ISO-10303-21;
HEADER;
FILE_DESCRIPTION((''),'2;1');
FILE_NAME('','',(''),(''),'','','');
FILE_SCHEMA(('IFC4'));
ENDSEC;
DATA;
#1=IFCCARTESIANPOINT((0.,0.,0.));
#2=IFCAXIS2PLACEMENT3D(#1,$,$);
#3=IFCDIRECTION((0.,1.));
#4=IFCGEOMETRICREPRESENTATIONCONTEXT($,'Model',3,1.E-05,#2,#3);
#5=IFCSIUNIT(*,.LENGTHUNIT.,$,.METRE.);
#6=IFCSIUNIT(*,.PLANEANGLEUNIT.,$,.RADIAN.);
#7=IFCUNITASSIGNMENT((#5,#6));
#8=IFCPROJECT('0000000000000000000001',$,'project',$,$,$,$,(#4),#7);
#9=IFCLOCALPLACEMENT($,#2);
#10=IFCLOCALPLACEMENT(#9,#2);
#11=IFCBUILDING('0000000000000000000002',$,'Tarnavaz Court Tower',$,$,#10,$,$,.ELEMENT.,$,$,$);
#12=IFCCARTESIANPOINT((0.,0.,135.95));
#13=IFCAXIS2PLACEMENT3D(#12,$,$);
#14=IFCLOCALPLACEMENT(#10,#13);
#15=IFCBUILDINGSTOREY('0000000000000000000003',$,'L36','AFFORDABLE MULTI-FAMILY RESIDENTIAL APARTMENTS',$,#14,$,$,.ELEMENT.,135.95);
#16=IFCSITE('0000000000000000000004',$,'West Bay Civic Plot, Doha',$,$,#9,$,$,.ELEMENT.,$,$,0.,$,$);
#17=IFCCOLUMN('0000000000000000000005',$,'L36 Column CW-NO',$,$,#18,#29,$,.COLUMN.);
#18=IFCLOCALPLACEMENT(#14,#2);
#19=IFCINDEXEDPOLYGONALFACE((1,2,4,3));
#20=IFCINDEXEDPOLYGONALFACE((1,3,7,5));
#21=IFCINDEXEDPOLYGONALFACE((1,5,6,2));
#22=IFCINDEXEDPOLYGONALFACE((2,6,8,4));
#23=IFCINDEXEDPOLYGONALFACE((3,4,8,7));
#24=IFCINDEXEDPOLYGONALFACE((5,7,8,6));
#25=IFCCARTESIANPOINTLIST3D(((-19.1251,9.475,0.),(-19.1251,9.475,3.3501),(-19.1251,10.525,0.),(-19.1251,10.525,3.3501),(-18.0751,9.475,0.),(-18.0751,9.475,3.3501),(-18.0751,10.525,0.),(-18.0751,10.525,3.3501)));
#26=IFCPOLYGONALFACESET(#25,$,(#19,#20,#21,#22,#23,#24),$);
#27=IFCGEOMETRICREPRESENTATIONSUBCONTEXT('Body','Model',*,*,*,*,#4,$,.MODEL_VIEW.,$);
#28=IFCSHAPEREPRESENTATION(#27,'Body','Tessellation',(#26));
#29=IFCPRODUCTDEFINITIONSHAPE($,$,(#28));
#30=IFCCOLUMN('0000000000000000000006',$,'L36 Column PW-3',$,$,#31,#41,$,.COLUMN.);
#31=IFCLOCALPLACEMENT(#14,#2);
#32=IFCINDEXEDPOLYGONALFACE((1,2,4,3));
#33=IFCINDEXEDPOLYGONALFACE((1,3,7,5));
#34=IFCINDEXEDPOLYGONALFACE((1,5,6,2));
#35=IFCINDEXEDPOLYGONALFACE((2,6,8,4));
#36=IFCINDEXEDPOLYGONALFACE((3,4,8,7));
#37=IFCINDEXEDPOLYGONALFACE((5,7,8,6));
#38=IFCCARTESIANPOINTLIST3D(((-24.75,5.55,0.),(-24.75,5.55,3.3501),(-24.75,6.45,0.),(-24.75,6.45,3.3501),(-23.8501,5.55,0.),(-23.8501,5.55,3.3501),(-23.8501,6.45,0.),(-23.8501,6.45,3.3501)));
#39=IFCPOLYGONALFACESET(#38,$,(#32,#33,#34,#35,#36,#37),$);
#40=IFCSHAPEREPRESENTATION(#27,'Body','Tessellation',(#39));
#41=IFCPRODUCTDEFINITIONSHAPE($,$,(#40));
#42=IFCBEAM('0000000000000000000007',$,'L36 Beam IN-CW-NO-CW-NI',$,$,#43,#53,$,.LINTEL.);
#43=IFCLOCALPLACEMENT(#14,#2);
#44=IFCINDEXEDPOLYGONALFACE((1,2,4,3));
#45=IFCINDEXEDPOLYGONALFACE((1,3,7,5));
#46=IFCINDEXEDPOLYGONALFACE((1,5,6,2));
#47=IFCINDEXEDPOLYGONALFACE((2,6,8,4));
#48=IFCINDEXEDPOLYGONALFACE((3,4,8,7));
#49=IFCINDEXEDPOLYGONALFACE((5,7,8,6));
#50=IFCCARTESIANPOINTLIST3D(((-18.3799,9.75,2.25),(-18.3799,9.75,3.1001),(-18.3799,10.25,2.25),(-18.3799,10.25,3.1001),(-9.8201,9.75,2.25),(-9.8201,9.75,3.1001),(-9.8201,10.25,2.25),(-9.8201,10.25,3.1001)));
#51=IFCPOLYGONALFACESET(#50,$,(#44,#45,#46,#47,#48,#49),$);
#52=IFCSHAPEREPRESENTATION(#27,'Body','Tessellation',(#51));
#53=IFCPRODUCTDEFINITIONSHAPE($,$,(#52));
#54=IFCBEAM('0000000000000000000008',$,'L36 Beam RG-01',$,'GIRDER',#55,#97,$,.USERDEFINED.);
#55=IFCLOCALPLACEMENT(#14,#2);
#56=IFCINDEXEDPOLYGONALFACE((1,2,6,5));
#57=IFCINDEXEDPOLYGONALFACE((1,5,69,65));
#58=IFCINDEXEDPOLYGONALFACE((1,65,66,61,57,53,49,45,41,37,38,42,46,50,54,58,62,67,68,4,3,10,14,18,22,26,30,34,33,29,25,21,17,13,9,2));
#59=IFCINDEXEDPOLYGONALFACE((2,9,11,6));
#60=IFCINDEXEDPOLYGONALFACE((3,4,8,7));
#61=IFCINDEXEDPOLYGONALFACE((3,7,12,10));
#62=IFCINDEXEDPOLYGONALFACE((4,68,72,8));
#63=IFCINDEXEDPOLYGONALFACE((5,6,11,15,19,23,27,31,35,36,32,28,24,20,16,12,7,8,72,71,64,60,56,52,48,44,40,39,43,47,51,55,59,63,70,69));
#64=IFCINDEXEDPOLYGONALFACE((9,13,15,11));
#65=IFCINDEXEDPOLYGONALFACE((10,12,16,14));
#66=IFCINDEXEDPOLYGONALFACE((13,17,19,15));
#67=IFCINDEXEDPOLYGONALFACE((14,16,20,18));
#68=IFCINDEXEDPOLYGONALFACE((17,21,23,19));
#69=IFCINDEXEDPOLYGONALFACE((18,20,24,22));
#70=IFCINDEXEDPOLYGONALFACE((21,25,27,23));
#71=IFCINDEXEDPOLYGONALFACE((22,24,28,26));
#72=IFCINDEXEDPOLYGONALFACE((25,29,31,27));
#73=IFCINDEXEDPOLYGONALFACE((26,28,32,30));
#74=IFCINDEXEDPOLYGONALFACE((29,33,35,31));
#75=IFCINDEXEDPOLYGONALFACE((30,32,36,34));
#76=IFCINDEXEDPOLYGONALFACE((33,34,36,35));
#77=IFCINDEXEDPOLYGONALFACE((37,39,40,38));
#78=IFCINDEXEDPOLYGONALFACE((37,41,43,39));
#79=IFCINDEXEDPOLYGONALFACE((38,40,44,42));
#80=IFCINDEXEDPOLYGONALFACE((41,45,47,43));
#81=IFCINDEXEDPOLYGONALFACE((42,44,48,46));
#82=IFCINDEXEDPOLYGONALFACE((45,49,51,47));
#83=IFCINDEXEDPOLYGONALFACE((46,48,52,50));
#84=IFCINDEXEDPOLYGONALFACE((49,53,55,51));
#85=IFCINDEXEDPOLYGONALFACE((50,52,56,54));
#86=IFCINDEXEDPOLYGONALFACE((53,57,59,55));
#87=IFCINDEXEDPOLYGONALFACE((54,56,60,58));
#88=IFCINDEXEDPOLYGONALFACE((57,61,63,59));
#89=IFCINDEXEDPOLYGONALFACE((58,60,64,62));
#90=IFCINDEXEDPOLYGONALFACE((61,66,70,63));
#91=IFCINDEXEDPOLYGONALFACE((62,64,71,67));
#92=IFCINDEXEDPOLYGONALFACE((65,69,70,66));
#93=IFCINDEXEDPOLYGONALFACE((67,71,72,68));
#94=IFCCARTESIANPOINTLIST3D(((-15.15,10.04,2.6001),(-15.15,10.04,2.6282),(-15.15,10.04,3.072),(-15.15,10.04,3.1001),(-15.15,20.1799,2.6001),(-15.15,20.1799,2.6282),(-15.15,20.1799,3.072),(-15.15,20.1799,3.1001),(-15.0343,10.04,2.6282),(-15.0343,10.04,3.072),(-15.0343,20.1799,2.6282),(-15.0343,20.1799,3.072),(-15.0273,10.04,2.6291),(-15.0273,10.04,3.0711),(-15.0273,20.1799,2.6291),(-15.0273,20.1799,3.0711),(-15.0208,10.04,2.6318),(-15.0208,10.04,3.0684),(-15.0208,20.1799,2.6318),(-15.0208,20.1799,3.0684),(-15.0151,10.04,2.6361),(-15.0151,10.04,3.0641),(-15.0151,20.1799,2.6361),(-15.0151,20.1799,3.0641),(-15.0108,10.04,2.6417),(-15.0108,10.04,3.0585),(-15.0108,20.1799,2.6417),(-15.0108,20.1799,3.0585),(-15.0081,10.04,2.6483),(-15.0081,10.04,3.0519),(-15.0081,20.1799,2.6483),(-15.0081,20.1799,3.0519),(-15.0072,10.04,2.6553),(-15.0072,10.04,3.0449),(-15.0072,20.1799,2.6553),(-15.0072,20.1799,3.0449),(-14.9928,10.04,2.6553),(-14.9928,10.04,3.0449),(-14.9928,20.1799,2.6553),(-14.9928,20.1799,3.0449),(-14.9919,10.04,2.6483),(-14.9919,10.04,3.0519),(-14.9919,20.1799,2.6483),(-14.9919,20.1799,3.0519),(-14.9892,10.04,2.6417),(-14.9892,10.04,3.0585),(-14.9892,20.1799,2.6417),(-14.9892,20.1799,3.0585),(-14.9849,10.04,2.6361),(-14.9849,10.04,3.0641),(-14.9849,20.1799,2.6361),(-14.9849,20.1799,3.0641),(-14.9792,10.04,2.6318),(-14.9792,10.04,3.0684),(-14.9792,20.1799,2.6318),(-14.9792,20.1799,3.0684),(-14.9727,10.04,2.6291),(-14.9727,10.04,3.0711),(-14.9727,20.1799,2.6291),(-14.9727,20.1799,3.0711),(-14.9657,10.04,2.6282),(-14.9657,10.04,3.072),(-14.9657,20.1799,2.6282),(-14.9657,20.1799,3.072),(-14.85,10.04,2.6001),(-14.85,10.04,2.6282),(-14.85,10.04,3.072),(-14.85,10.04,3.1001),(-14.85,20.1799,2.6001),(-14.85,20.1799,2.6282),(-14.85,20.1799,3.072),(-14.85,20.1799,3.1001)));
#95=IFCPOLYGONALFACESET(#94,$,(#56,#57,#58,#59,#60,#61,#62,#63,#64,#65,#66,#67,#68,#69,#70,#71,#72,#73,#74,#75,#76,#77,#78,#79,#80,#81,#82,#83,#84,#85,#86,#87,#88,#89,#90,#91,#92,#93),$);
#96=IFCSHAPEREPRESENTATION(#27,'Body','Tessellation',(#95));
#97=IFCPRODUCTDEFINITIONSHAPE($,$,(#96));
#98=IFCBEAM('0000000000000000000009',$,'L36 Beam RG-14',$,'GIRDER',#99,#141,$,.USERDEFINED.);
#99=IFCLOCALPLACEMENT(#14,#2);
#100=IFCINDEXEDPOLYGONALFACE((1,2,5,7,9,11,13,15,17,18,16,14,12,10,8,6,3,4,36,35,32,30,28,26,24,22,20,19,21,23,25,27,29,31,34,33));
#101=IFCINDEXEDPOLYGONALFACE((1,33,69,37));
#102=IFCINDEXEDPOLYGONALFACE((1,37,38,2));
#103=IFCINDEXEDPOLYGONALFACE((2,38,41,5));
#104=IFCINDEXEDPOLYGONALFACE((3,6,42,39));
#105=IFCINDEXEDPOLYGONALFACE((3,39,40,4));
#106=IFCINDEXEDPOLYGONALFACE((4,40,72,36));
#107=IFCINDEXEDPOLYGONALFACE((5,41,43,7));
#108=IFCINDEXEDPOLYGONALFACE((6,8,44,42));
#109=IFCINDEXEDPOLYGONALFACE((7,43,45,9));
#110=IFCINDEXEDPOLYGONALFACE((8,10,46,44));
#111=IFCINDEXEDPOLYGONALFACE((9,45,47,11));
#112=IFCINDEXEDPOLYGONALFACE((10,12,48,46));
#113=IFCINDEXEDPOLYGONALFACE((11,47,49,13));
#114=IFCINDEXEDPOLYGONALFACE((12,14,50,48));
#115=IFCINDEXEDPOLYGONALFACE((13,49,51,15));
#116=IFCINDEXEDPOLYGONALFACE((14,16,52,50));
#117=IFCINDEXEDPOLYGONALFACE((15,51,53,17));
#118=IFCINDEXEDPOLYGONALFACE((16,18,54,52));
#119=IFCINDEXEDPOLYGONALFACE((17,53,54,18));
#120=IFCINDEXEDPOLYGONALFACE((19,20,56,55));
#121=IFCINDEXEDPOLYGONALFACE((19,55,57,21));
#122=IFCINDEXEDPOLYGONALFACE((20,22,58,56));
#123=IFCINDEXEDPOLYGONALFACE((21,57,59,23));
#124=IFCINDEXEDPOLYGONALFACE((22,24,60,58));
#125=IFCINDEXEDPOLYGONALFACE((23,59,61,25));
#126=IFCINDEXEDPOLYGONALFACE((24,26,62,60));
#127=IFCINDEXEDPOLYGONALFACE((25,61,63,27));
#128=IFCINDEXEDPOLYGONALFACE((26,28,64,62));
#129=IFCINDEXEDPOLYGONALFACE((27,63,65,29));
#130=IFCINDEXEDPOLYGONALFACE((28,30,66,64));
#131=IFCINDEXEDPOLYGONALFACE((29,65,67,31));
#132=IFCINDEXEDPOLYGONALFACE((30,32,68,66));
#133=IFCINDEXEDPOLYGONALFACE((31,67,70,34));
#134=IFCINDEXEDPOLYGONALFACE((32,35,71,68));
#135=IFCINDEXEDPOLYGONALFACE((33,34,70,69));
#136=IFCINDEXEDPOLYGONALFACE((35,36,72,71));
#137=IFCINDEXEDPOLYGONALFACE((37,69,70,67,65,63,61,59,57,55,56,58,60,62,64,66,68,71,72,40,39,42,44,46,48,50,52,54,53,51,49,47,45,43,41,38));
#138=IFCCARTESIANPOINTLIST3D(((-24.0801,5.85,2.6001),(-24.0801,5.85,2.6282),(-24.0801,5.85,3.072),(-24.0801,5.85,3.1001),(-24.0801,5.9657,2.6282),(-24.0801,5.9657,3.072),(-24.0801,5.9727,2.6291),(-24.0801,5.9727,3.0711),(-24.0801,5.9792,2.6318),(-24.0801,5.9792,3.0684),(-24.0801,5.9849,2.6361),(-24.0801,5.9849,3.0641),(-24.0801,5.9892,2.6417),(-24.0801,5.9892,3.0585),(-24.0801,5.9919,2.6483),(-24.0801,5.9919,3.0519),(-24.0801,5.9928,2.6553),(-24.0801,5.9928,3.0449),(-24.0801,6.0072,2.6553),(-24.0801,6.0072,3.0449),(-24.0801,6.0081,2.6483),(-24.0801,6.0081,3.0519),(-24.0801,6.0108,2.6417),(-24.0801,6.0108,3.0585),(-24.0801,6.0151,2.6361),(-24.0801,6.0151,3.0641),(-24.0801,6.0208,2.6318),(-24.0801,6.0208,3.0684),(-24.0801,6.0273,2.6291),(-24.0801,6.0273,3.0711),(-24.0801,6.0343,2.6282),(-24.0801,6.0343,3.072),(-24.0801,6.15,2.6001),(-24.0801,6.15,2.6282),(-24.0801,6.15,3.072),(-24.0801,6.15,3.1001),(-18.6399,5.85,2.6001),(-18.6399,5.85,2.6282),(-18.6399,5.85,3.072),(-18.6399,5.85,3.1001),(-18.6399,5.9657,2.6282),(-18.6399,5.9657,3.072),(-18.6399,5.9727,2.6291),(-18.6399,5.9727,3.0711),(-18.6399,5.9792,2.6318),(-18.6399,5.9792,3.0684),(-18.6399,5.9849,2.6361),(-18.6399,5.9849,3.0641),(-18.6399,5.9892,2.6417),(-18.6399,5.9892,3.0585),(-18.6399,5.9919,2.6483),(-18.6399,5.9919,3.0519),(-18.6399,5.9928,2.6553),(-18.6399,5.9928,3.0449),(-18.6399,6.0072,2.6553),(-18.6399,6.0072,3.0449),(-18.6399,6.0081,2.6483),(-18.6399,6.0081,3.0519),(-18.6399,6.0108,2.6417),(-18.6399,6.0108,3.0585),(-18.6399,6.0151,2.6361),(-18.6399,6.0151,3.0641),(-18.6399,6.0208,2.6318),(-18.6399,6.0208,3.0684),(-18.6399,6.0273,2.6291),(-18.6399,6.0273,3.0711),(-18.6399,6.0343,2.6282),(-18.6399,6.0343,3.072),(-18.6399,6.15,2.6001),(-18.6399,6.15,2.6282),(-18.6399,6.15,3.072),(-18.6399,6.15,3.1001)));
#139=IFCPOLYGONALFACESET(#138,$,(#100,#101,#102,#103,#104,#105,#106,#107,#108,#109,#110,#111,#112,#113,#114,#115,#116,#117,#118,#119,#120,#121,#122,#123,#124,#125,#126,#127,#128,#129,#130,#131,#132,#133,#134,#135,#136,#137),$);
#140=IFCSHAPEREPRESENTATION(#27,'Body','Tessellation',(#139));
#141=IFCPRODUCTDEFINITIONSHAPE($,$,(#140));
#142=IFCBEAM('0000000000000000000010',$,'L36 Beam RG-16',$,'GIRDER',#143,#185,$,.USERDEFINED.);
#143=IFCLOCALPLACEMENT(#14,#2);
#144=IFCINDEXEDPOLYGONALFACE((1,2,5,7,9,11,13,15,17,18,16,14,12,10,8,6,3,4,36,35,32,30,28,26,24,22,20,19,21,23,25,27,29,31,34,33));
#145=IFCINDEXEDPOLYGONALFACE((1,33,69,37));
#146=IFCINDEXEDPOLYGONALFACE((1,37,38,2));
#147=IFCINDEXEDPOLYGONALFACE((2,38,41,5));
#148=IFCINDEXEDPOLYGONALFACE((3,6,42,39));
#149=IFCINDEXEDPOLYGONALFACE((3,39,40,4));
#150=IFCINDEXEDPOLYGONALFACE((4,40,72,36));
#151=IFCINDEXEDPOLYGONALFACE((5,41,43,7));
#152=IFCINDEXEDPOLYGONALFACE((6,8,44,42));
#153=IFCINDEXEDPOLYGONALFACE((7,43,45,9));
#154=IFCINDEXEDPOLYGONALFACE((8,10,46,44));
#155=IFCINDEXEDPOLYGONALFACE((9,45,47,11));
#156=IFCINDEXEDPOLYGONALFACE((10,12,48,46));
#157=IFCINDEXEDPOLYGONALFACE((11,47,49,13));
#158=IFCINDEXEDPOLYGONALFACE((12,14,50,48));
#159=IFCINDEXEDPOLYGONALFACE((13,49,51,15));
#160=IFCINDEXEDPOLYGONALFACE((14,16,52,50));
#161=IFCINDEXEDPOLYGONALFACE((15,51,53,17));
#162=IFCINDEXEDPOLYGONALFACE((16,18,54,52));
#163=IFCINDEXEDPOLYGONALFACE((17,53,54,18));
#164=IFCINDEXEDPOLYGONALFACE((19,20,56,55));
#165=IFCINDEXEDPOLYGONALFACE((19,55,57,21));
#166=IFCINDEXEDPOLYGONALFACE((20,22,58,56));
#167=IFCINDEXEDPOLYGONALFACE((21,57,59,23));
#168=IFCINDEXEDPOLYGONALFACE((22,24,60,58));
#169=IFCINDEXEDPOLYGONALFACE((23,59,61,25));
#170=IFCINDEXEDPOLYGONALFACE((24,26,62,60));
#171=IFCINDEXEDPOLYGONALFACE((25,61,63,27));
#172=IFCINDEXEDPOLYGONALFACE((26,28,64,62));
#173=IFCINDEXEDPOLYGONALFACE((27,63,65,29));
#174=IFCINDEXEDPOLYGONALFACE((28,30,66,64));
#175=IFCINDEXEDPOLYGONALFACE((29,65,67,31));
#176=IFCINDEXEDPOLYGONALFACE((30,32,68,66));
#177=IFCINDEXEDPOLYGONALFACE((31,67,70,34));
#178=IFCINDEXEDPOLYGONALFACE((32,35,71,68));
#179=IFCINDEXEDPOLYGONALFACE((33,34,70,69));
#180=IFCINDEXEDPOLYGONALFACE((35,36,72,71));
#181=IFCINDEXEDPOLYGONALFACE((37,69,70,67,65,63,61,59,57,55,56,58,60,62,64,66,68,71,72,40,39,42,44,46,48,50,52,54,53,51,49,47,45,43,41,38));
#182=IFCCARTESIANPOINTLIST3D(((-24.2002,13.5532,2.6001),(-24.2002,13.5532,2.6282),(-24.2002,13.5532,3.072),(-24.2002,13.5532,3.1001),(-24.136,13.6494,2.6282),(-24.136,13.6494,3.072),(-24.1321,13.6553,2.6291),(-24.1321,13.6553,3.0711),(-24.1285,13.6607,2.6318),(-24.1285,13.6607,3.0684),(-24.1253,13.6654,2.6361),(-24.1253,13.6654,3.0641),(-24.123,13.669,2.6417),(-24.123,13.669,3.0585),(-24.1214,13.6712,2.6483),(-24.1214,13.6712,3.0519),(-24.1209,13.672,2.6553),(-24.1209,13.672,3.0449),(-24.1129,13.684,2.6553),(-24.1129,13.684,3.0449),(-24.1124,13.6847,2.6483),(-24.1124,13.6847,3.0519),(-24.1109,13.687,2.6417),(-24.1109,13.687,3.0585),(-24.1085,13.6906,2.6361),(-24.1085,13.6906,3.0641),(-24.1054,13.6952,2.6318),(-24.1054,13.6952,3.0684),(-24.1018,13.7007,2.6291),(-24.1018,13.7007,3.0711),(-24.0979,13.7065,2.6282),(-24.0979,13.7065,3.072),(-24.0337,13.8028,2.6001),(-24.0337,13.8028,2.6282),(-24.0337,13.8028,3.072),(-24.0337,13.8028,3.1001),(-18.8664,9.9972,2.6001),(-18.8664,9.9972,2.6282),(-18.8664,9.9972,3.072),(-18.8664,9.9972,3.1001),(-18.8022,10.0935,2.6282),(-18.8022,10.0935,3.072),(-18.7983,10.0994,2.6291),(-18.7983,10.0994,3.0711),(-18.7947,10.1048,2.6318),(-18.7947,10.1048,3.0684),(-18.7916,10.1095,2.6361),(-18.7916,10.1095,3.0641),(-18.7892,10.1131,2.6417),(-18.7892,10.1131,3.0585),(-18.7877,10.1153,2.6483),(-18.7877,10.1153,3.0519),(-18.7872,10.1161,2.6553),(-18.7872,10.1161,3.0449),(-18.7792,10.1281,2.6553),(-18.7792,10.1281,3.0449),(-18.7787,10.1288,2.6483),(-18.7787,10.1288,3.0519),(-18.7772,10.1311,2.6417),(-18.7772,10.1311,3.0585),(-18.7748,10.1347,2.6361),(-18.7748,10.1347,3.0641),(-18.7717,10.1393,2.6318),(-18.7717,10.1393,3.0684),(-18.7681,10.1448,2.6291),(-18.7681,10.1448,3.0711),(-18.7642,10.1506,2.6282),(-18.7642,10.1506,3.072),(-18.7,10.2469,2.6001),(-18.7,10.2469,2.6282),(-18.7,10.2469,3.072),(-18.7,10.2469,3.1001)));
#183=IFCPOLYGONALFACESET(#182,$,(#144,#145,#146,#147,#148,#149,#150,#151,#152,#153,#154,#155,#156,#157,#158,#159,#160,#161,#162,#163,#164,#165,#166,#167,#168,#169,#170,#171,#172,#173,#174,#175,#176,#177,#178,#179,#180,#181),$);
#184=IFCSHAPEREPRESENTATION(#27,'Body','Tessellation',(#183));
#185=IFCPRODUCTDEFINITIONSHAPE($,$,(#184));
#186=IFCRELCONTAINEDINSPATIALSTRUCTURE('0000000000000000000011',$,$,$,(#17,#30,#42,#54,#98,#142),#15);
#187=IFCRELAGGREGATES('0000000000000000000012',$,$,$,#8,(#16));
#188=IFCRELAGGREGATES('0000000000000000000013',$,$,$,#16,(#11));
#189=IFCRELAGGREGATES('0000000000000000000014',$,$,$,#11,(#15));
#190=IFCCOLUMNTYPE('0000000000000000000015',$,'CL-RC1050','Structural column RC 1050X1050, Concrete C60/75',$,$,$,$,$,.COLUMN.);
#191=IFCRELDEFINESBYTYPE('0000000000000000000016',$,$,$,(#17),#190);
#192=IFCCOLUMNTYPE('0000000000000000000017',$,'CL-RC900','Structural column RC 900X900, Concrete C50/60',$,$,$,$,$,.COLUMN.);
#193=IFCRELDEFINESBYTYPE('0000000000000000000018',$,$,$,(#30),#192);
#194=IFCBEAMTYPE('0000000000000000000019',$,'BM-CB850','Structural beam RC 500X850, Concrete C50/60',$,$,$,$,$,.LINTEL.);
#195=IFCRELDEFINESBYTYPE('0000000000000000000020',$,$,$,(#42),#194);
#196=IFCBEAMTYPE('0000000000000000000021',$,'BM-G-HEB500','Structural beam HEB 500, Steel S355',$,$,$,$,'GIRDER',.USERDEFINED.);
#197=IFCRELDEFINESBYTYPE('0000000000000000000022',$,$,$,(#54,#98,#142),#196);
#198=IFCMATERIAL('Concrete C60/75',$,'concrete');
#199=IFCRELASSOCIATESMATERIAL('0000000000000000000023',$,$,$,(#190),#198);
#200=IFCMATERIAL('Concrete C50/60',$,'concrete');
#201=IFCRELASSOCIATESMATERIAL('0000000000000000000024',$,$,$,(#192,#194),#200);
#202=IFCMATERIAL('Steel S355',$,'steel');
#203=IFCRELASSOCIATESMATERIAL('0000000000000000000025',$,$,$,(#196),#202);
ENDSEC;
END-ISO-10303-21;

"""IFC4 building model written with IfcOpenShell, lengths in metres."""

from ifc_helpers import new_model, si_unit, direction, frame, origin, origin_2d, place, context, subcontext, project, spatial, rectangle, i_section, extrude, material, material_profile, profile_set, type_object, element, save


model = new_model("IFC4")

# Units and contexts
model_context = context("Model", 3, precision=1e-05, world=origin(), true_north=direction((0.0, 1.0)))
body_context = subcontext(model_context, "Body", "Model", "MODEL_VIEW")
ifc_project = project(units=[si_unit("LENGTHUNIT", "METRE"), si_unit("PLANEANGLEUNIT", "RADIAN")], contexts=[model_context])

# Site, building, storey
site_placement = place(None, origin())
site = spatial("IfcSite", under=ifc_project, at=site_placement, Name="West Bay Civic Plot, Doha", CompositionType="ELEMENT", RefElevation=0.0)
building_placement = place(site_placement, origin())
building = spatial("IfcBuilding", under=site, at=building_placement, Name="Tarnavaz Court Tower", CompositionType="ELEMENT")
storey_placement = place(building_placement, frame((0.0, 0.0, 135.95)))
storey = spatial("IfcBuildingStorey", under=building, at=storey_placement, Name="L36", Description="AFFORDABLE MULTI-FAMILY RESIDENTIAL APARTMENTS", CompositionType="ELEMENT", Elevation=135.95)

# Columns
ifc_material_1 = material(Name="Concrete C60/75", Category="concrete")
ifc_material_profile_1 = material_profile(ifc_material_1, rectangle(XDim=1.05, YDim=1.05, at=origin_2d()), Name="RC 1050X1050")
ifc_profile_set_1 = profile_set([ifc_material_profile_1], Name="Concrete C60/75")
column_type_1 = type_object("IfcColumnType", Name="CL-RC1050", Description="Structural column RC 1050X1050, Concrete C60/75", PredefinedType="COLUMN", material=ifc_profile_set_1)
column_1_placement = place(storey_placement, frame((-18.6001, 10.0, 0.0), z_axis=(0.0, 0.0, 1.0), x_axis=(1.0, 0.0, 0.0)))
element("IfcColumn", 1, at=column_1_placement, inside=storey, type_object=column_type_1, Name="L36 Column CW-NO", PredefinedType="COLUMN", context=body_context, shape_type="SweptSolid", body=[
    extrude(rectangle(XDim=1.05, YDim=1.05, at=origin_2d()), origin(), (0.0, 0.0, 1.0), 3.3501),
])
ifc_material_2 = material(Name="Concrete C50/60", Category="concrete")
ifc_material_profile_2 = material_profile(ifc_material_2, rectangle(XDim=0.8999, YDim=0.8999, at=origin_2d()), Name="RC 900X900")
ifc_profile_set_2 = profile_set([ifc_material_profile_2], Name="Concrete C50/60")
column_type_2 = type_object("IfcColumnType", Name="CL-RC900", Description="Structural column RC 900X900, Concrete C50/60", PredefinedType="COLUMN", material=ifc_profile_set_2)
column_2_placement = place(storey_placement, frame((-24.3, 6.0, 0.0), z_axis=(0.0, 0.0, 1.0), x_axis=(1.0, 0.0, 0.0)))
element("IfcColumn", 2, at=column_2_placement, inside=storey, type_object=column_type_2, Name="L36 Column PW-3", PredefinedType="COLUMN", context=body_context, shape_type="SweptSolid", body=[
    extrude(rectangle(XDim=0.8999, YDim=0.8999, at=origin_2d()), origin(), (0.0, 0.0, 1.0), 3.3501),
])

# Beams
ifc_material_profile_3 = material_profile(ifc_material_2, rectangle(XDim=0.5, YDim=0.8501, at=origin_2d()), Name="RC 500X850")
ifc_profile_set_3 = profile_set([ifc_material_profile_3], Name="Concrete C50/60")
beam_type_1 = type_object("IfcBeamType", Name="BM-CB850", Description="Structural beam RC 500X850, Concrete C50/60", PredefinedType="LINTEL", material=ifc_profile_set_3)
beam_1_placement = place(storey_placement, frame((-18.3799, 10.0, 2.675), z_axis=(1.0, 0.0, 0.0), x_axis=(0.0, 1.0, 0.0)))
element("IfcBeam", 3, at=beam_1_placement, inside=storey, type_object=beam_type_1, Name="L36 Beam IN-CW-NO-CW-NI", PredefinedType="LINTEL", context=body_context, shape_type="SweptSolid", body=[
    extrude(rectangle(XDim=0.5, YDim=0.8501, at=origin_2d()), origin(), (0.0, 0.0, 1.0), 8.5598),
])
ifc_material_3 = material(Name="Steel S355", Category="steel")
ifc_material_profile_4 = material_profile(ifc_material_3, i_section(OverallWidth=0.3, OverallDepth=0.5, WebThickness=0.0144, FlangeThickness=0.0281, FilletRadius=0.0271, at=origin_2d()), Name="HEB 500")
ifc_profile_set_4 = profile_set([ifc_material_profile_4], Name="Steel S355")
beam_type_2 = type_object("IfcBeamType", Name="BM-G-HEB500", Description="Structural beam HEB 500, Steel S355", ElementType="GIRDER", PredefinedType="USERDEFINED", material=ifc_profile_set_4)
beam_2_placement = place(storey_placement, frame((-15.0, 10.04, 2.8501), z_axis=(0.0, 1.0, 0.0), x_axis=(-1.0, 0.0, 0.0)))
element("IfcBeam", 4, at=beam_2_placement, inside=storey, type_object=beam_type_2, Name="L36 Beam RG-01", ObjectType="GIRDER", PredefinedType="USERDEFINED", context=body_context, shape_type="SweptSolid", body=[
    extrude(i_section(OverallWidth=0.3, OverallDepth=0.5, WebThickness=0.0144, FlangeThickness=0.0281, FilletRadius=0.0271, at=origin_2d()), origin(), (0.0, 0.0, 1.0), 10.1399),
])
beam_3_placement = place(storey_placement, frame((-18.6399, 6.0, 2.8501), z_axis=(-1.0, 0.0, 0.0), x_axis=(0.0, -1.0, 0.0)))
element("IfcBeam", 5, at=beam_3_placement, inside=storey, type_object=beam_type_2, Name="L36 Beam RG-14", ObjectType="GIRDER", PredefinedType="USERDEFINED", context=body_context, shape_type="SweptSolid", body=[
    extrude(i_section(OverallWidth=0.3, OverallDepth=0.5, WebThickness=0.0144, FlangeThickness=0.0281, FilletRadius=0.0271, at=origin_2d()), origin(), (0.0, 0.0, 1.0), 5.4402),
])
beam_4_placement = place(storey_placement, frame((-18.7832, 10.1221, 2.8501), z_axis=(-0.832044, 0.554709, 0.0), x_axis=(-0.554709, -0.832044, 0.0)))
element("IfcBeam", 6, at=beam_4_placement, inside=storey, type_object=beam_type_2, Name="L36 Beam RG-16", ObjectType="GIRDER", PredefinedType="USERDEFINED", context=body_context, shape_type="SweptSolid", body=[
    extrude(i_section(OverallWidth=0.3, OverallDepth=0.5, WebThickness=0.0144, FlangeThickness=0.0281, FilletRadius=0.0271, at=origin_2d()), origin(), (0.0, 0.0, 1.0), 6.4104),
])

save(model, "model.ifc")
